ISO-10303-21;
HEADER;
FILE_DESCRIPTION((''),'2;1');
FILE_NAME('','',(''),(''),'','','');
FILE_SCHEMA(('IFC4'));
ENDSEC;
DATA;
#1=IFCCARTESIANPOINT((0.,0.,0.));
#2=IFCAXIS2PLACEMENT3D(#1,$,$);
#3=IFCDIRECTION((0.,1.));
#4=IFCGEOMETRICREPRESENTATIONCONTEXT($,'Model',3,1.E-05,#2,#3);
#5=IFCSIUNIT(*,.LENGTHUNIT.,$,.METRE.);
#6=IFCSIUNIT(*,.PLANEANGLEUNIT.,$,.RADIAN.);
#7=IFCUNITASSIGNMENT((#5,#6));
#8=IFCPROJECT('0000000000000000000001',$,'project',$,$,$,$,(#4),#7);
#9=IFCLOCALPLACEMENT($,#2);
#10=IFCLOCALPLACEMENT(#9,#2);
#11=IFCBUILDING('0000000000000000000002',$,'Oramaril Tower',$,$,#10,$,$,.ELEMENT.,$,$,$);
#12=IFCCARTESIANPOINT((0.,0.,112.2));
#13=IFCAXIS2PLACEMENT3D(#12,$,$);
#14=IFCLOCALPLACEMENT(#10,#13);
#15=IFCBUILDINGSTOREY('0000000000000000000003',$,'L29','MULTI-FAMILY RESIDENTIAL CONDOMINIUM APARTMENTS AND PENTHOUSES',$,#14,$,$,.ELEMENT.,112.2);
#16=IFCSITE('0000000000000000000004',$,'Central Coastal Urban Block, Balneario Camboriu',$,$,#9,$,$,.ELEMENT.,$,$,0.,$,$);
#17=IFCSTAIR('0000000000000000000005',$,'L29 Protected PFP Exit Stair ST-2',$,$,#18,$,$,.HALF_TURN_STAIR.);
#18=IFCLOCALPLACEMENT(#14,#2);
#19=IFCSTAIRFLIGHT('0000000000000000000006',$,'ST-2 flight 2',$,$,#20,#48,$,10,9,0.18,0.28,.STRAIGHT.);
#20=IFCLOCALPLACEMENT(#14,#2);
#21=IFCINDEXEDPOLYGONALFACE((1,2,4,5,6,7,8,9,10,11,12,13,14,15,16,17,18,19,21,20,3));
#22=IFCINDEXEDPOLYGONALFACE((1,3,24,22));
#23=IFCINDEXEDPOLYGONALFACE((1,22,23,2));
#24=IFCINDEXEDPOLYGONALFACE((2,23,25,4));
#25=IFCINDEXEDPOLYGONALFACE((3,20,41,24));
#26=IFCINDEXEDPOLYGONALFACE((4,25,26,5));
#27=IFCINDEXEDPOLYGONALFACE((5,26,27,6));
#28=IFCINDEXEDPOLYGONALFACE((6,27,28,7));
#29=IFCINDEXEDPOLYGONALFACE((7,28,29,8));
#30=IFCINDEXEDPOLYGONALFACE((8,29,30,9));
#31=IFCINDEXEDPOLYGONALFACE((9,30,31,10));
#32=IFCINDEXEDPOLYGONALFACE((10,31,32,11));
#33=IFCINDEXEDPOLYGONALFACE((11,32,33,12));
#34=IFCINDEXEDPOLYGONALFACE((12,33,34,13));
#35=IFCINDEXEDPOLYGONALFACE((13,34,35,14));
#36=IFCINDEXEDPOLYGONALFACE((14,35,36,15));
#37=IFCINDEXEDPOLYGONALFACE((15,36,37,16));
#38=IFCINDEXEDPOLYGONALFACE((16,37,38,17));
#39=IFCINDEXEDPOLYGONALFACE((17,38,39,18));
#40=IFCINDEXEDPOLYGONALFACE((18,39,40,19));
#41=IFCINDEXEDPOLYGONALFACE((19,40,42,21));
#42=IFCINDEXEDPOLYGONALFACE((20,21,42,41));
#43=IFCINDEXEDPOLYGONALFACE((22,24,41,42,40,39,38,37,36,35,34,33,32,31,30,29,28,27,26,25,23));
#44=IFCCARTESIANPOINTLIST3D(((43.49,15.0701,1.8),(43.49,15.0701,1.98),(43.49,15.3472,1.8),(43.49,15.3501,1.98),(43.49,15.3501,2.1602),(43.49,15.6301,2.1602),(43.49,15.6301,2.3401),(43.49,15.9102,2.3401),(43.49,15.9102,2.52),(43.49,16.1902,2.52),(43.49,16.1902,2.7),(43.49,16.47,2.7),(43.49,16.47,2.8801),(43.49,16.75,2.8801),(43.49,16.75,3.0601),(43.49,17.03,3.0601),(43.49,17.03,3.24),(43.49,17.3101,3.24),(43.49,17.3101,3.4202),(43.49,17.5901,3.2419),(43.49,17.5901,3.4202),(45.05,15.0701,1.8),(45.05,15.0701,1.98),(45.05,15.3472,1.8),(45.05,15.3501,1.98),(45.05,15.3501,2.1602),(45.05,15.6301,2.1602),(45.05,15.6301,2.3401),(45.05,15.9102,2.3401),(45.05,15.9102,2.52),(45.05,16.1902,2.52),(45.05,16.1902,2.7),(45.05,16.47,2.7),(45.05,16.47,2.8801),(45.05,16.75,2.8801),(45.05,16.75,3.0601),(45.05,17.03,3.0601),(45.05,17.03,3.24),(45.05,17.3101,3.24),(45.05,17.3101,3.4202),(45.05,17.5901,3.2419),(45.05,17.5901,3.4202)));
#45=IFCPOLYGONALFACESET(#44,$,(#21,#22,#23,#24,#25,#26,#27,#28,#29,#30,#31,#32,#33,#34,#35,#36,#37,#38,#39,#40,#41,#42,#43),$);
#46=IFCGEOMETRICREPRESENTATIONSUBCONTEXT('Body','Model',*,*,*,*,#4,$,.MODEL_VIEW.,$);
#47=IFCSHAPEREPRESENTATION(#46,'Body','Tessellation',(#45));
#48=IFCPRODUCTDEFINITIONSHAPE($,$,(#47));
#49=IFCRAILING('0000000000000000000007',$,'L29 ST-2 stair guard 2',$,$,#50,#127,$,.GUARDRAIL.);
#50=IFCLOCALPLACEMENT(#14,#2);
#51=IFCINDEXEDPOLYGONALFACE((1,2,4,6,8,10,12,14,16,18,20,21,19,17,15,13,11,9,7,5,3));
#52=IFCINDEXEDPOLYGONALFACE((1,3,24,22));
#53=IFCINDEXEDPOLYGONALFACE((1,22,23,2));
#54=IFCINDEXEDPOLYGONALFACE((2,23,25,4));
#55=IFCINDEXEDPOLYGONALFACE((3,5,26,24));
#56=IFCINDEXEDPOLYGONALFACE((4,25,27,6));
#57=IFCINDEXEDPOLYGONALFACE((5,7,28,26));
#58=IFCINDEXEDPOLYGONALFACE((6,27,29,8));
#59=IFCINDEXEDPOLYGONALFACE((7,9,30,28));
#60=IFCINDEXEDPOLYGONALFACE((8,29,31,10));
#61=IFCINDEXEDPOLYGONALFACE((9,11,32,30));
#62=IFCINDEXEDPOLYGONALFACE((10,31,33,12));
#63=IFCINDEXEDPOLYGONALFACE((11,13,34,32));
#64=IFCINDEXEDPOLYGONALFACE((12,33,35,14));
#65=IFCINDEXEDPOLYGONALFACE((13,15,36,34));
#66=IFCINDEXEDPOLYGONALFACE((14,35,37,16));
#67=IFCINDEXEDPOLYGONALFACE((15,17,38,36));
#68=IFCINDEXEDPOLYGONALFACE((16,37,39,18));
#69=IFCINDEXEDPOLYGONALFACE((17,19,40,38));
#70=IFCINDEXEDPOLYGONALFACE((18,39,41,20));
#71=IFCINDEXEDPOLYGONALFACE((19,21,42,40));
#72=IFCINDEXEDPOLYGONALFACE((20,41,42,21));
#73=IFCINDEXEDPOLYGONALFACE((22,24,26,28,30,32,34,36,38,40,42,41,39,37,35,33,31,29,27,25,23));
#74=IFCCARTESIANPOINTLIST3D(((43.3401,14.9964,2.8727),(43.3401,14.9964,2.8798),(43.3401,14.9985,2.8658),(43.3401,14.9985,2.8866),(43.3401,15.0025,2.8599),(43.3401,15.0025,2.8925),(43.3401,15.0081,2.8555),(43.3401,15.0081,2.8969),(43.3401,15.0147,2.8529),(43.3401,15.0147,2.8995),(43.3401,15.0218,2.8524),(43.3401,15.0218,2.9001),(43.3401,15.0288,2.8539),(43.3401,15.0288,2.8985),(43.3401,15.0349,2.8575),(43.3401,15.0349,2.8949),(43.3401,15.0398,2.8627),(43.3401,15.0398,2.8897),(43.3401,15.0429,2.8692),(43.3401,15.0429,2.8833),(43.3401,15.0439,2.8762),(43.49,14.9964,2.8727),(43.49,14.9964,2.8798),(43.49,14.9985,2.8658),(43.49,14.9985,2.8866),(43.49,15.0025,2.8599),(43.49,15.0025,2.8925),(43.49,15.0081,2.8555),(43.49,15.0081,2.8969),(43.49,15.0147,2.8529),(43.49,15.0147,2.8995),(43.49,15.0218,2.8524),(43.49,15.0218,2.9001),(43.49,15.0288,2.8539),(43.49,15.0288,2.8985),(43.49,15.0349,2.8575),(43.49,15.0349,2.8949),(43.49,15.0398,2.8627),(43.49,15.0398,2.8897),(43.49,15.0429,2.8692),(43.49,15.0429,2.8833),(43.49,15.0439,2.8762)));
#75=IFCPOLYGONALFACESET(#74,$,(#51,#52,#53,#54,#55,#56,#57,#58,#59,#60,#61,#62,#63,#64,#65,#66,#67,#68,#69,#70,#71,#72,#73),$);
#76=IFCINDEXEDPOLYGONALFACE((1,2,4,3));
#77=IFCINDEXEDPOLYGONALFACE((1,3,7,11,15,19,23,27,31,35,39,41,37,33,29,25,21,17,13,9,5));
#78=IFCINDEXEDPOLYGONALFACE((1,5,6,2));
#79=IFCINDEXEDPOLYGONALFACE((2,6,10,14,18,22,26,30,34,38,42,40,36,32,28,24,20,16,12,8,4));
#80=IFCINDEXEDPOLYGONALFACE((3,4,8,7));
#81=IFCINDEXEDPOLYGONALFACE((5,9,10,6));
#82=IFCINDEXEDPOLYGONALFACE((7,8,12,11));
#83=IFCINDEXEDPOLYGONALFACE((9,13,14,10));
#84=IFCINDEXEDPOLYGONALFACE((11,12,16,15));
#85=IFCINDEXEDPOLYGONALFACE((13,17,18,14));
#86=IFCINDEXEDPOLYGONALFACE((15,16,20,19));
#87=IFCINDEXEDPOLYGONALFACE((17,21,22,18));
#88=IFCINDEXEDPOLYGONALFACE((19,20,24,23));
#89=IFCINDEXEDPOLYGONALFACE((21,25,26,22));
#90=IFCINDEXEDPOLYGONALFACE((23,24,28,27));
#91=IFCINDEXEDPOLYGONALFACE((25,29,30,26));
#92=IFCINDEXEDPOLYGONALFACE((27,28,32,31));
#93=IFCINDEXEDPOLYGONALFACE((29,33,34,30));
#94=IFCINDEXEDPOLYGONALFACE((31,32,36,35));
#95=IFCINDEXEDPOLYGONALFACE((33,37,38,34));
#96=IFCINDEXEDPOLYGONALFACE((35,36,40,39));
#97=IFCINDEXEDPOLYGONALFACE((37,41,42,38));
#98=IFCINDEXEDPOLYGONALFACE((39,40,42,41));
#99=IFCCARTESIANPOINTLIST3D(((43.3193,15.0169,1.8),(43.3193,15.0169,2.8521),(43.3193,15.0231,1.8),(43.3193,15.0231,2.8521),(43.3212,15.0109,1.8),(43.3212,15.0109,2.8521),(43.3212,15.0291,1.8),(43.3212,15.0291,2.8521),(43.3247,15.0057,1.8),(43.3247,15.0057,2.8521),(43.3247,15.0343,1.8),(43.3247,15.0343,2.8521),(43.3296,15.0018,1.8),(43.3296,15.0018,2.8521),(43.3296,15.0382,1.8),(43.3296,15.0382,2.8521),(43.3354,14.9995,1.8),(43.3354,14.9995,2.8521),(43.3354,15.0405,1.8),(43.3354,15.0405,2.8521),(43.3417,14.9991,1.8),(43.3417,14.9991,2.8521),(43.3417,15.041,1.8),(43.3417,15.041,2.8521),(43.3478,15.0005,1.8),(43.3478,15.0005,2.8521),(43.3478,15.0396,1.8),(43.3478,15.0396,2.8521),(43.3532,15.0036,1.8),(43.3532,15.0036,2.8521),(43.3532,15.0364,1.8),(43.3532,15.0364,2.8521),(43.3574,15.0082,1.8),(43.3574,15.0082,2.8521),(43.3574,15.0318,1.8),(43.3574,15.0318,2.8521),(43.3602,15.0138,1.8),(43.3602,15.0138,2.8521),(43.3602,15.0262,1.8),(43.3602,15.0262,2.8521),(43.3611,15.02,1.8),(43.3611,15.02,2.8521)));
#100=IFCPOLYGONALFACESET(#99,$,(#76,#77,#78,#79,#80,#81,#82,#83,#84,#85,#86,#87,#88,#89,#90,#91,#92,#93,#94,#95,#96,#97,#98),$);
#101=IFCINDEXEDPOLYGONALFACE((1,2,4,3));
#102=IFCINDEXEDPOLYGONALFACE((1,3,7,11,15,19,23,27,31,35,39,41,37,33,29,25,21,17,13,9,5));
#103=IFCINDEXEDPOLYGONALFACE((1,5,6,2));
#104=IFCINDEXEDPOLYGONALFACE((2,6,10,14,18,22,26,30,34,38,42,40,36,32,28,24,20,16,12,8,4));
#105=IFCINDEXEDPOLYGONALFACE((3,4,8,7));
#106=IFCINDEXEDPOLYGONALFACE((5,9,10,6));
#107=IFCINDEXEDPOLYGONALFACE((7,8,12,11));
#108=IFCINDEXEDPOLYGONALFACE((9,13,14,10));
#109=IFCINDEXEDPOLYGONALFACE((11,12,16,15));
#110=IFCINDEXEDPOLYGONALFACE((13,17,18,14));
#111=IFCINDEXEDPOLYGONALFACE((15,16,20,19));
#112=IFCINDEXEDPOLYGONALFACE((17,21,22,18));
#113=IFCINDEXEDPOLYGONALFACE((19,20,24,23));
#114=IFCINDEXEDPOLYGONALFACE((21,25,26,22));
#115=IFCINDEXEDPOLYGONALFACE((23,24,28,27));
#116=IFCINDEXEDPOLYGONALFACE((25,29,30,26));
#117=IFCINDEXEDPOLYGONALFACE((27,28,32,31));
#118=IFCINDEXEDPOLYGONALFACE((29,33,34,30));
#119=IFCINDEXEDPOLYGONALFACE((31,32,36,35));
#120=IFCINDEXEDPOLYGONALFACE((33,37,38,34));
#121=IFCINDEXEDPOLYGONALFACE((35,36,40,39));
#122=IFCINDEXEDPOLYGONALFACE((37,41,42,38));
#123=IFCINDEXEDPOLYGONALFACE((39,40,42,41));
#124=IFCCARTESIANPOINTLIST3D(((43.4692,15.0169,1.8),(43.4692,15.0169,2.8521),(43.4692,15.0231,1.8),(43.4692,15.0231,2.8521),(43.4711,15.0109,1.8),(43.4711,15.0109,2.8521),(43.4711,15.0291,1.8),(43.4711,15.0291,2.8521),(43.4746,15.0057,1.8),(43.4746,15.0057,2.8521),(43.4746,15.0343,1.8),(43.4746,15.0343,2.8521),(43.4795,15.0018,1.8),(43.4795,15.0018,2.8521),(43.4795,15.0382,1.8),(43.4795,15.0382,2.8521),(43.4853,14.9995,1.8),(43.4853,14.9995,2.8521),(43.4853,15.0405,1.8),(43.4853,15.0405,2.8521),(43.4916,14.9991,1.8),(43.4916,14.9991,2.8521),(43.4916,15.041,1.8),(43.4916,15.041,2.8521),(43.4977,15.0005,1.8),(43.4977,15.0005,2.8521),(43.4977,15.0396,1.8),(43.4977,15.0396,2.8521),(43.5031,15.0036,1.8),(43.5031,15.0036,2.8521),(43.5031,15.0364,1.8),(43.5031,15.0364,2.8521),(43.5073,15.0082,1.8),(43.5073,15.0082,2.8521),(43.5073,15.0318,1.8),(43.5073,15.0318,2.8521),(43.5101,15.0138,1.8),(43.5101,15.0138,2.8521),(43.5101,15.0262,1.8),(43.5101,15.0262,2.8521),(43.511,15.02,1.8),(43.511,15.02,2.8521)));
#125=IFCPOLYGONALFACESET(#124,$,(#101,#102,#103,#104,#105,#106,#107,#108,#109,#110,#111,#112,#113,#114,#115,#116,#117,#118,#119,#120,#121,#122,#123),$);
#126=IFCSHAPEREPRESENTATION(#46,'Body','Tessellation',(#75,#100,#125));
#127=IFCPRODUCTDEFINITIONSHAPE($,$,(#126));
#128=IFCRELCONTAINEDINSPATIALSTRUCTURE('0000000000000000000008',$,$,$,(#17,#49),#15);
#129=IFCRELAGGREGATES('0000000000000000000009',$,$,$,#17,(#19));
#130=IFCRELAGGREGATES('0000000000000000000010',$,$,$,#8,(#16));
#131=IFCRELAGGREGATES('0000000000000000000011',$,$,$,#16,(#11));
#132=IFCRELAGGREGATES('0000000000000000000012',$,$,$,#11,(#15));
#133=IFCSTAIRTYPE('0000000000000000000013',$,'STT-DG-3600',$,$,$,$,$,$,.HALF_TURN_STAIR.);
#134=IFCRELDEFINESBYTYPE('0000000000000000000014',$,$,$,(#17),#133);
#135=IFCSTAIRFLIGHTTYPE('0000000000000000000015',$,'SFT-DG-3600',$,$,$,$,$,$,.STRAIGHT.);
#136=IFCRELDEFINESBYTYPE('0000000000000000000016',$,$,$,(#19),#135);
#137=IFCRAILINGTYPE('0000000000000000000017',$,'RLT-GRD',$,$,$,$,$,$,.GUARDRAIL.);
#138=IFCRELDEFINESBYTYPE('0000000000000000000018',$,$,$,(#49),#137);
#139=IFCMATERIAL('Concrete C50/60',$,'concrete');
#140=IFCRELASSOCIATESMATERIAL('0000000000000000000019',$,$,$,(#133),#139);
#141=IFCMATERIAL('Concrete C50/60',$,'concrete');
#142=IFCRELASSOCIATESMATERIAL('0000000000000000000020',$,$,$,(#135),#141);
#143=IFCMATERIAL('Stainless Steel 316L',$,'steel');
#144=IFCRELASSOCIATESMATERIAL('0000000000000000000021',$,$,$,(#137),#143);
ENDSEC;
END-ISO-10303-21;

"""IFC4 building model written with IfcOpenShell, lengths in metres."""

from ifc_helpers import new_model, si_unit, direction, frame, origin, origin_2d, place, context, subcontext, project, spatial, polyline, circle, outline, extrude, material, type_object, element, aggregate, save


model = new_model("IFC4")

# Units and contexts
model_context = context("Model", 3, precision=1e-05, world=origin(), true_north=direction((0.0, 1.0)))
body_context = subcontext(model_context, "Body", "Model", "MODEL_VIEW")
ifc_project = project(units=[si_unit("LENGTHUNIT", "METRE"), si_unit("PLANEANGLEUNIT", "RADIAN")], contexts=[model_context])

# Site, building, storey
site_placement = place(None, origin())
site = spatial("IfcSite", under=ifc_project, at=site_placement, Name="Central Coastal Urban Block, Balneario Camboriu", CompositionType="ELEMENT", RefElevation=0.0)
building_placement = place(site_placement, origin())
building = spatial("IfcBuilding", under=site, at=building_placement, Name="Oramaril Tower", CompositionType="ELEMENT")
storey_placement = place(building_placement, frame((0.0, 0.0, 112.2)))
storey = spatial("IfcBuildingStorey", under=building, at=storey_placement, Name="L29", Description="MULTI-FAMILY RESIDENTIAL CONDOMINIUM APARTMENTS AND PENTHOUSES", CompositionType="ELEMENT", Elevation=112.2)

# Shared definitions
ifc_material_1 = material(Name="Concrete C50/60", Category="concrete")
stair_type = type_object("IfcStairType", Name="STT-DG-3600", PredefinedType="HALF_TURN_STAIR", material=ifc_material_1)
ifc_material_2 = material(Name="Concrete C50/60", Category="concrete")
stair_flight_type = type_object("IfcStairFlightType", Name="SFT-DG-3600", PredefinedType="STRAIGHT", material=ifc_material_2)

# Stair, stair flight
stair_1_placement = place(storey_placement, origin())
stair_1 = element("IfcStair", 1, at=stair_1_placement, inside=storey, type_object=stair_type, Name="L29 Protected PFP Exit Stair ST-2", PredefinedType="HALF_TURN_STAIR")
stair_flight_1_placement = place(storey_placement, frame((44.27, 15.0701, 1.8), z_axis=(0.0, 0.0, 1.0), x_axis=(0.0, 1.0, 0.0)))
stair_flight_1 = element("IfcStairFlight", 2, at=stair_flight_1_placement, type_object=stair_flight_type, Name="ST-2 flight 2", NumberOfRisers=10, NumberOfTreads=9, PredefinedType="STRAIGHT", RiserHeight=0.18, TreadLength=0.28, context=body_context, shape_type="SweptSolid", body=[
    extrude(outline(polyline([(0.0, 0.0), (0.0, 0.1799), (0.28, 0.1799), (0.28, 0.3601), (0.5601, 0.3601), (0.5601, 0.54), (0.8401, 0.54), (0.8401, 0.72), (1.1201, 0.72), (1.1201, 0.8999), (1.3999, 0.8999), (1.3999, 1.0801), (1.6799, 1.0801), (1.6799, 1.26), (1.96, 1.26), (1.96, 1.4399), (2.24, 1.4399), (2.24, 1.6201), (2.52, 1.6201), (2.52, 1.8), (2.52, 1.4419), (0.2771, 0.0), (0.0, 0.0)])), frame((0.0, 0.78, 0.0), z_axis=(0.0, -1.0, 0.0), x_axis=(1.0, 0.0, 0.0)), (0.0, 0.0, 1.0), 1.5601),
])
aggregate(stair_1, [stair_flight_1])

# Railing
ifc_material_3 = material(Name="Stainless Steel 316L", Category="steel")
railing_type_1 = type_object("IfcRailingType", Name="RLT-GRD", PredefinedType="GUARDRAIL", material=ifc_material_3)
railing_1_placement = place(storey_placement, frame((43.3401, 15.02, 1.8)))
element("IfcRailing", 3, at=railing_1_placement, inside=storey, type_object=railing_type_1, Name="L29 ST-2 stair guard 2", PredefinedType="GUARDRAIL", context=body_context, shape_type="SweptSolid", body=[
    extrude(circle(Radius=0.0239, at=origin_2d()), frame((0.0, 0.0, 1.0762), z_axis=(1.0, 0.0, 0.0), x_axis=(0.0, 1.0, 0.0)), (0.0, 0.0, 1.0), 0.1499),
    extrude(circle(Radius=0.021, at=origin_2d()), origin(), (0.0, 0.0, 1.0), 1.052),
    extrude(circle(Radius=0.021, at=origin_2d()), frame((0.1499, 0.0, 0.0)), (0.0, 0.0, 1.0), 1.052),
])

save(model, "model.ifc")
